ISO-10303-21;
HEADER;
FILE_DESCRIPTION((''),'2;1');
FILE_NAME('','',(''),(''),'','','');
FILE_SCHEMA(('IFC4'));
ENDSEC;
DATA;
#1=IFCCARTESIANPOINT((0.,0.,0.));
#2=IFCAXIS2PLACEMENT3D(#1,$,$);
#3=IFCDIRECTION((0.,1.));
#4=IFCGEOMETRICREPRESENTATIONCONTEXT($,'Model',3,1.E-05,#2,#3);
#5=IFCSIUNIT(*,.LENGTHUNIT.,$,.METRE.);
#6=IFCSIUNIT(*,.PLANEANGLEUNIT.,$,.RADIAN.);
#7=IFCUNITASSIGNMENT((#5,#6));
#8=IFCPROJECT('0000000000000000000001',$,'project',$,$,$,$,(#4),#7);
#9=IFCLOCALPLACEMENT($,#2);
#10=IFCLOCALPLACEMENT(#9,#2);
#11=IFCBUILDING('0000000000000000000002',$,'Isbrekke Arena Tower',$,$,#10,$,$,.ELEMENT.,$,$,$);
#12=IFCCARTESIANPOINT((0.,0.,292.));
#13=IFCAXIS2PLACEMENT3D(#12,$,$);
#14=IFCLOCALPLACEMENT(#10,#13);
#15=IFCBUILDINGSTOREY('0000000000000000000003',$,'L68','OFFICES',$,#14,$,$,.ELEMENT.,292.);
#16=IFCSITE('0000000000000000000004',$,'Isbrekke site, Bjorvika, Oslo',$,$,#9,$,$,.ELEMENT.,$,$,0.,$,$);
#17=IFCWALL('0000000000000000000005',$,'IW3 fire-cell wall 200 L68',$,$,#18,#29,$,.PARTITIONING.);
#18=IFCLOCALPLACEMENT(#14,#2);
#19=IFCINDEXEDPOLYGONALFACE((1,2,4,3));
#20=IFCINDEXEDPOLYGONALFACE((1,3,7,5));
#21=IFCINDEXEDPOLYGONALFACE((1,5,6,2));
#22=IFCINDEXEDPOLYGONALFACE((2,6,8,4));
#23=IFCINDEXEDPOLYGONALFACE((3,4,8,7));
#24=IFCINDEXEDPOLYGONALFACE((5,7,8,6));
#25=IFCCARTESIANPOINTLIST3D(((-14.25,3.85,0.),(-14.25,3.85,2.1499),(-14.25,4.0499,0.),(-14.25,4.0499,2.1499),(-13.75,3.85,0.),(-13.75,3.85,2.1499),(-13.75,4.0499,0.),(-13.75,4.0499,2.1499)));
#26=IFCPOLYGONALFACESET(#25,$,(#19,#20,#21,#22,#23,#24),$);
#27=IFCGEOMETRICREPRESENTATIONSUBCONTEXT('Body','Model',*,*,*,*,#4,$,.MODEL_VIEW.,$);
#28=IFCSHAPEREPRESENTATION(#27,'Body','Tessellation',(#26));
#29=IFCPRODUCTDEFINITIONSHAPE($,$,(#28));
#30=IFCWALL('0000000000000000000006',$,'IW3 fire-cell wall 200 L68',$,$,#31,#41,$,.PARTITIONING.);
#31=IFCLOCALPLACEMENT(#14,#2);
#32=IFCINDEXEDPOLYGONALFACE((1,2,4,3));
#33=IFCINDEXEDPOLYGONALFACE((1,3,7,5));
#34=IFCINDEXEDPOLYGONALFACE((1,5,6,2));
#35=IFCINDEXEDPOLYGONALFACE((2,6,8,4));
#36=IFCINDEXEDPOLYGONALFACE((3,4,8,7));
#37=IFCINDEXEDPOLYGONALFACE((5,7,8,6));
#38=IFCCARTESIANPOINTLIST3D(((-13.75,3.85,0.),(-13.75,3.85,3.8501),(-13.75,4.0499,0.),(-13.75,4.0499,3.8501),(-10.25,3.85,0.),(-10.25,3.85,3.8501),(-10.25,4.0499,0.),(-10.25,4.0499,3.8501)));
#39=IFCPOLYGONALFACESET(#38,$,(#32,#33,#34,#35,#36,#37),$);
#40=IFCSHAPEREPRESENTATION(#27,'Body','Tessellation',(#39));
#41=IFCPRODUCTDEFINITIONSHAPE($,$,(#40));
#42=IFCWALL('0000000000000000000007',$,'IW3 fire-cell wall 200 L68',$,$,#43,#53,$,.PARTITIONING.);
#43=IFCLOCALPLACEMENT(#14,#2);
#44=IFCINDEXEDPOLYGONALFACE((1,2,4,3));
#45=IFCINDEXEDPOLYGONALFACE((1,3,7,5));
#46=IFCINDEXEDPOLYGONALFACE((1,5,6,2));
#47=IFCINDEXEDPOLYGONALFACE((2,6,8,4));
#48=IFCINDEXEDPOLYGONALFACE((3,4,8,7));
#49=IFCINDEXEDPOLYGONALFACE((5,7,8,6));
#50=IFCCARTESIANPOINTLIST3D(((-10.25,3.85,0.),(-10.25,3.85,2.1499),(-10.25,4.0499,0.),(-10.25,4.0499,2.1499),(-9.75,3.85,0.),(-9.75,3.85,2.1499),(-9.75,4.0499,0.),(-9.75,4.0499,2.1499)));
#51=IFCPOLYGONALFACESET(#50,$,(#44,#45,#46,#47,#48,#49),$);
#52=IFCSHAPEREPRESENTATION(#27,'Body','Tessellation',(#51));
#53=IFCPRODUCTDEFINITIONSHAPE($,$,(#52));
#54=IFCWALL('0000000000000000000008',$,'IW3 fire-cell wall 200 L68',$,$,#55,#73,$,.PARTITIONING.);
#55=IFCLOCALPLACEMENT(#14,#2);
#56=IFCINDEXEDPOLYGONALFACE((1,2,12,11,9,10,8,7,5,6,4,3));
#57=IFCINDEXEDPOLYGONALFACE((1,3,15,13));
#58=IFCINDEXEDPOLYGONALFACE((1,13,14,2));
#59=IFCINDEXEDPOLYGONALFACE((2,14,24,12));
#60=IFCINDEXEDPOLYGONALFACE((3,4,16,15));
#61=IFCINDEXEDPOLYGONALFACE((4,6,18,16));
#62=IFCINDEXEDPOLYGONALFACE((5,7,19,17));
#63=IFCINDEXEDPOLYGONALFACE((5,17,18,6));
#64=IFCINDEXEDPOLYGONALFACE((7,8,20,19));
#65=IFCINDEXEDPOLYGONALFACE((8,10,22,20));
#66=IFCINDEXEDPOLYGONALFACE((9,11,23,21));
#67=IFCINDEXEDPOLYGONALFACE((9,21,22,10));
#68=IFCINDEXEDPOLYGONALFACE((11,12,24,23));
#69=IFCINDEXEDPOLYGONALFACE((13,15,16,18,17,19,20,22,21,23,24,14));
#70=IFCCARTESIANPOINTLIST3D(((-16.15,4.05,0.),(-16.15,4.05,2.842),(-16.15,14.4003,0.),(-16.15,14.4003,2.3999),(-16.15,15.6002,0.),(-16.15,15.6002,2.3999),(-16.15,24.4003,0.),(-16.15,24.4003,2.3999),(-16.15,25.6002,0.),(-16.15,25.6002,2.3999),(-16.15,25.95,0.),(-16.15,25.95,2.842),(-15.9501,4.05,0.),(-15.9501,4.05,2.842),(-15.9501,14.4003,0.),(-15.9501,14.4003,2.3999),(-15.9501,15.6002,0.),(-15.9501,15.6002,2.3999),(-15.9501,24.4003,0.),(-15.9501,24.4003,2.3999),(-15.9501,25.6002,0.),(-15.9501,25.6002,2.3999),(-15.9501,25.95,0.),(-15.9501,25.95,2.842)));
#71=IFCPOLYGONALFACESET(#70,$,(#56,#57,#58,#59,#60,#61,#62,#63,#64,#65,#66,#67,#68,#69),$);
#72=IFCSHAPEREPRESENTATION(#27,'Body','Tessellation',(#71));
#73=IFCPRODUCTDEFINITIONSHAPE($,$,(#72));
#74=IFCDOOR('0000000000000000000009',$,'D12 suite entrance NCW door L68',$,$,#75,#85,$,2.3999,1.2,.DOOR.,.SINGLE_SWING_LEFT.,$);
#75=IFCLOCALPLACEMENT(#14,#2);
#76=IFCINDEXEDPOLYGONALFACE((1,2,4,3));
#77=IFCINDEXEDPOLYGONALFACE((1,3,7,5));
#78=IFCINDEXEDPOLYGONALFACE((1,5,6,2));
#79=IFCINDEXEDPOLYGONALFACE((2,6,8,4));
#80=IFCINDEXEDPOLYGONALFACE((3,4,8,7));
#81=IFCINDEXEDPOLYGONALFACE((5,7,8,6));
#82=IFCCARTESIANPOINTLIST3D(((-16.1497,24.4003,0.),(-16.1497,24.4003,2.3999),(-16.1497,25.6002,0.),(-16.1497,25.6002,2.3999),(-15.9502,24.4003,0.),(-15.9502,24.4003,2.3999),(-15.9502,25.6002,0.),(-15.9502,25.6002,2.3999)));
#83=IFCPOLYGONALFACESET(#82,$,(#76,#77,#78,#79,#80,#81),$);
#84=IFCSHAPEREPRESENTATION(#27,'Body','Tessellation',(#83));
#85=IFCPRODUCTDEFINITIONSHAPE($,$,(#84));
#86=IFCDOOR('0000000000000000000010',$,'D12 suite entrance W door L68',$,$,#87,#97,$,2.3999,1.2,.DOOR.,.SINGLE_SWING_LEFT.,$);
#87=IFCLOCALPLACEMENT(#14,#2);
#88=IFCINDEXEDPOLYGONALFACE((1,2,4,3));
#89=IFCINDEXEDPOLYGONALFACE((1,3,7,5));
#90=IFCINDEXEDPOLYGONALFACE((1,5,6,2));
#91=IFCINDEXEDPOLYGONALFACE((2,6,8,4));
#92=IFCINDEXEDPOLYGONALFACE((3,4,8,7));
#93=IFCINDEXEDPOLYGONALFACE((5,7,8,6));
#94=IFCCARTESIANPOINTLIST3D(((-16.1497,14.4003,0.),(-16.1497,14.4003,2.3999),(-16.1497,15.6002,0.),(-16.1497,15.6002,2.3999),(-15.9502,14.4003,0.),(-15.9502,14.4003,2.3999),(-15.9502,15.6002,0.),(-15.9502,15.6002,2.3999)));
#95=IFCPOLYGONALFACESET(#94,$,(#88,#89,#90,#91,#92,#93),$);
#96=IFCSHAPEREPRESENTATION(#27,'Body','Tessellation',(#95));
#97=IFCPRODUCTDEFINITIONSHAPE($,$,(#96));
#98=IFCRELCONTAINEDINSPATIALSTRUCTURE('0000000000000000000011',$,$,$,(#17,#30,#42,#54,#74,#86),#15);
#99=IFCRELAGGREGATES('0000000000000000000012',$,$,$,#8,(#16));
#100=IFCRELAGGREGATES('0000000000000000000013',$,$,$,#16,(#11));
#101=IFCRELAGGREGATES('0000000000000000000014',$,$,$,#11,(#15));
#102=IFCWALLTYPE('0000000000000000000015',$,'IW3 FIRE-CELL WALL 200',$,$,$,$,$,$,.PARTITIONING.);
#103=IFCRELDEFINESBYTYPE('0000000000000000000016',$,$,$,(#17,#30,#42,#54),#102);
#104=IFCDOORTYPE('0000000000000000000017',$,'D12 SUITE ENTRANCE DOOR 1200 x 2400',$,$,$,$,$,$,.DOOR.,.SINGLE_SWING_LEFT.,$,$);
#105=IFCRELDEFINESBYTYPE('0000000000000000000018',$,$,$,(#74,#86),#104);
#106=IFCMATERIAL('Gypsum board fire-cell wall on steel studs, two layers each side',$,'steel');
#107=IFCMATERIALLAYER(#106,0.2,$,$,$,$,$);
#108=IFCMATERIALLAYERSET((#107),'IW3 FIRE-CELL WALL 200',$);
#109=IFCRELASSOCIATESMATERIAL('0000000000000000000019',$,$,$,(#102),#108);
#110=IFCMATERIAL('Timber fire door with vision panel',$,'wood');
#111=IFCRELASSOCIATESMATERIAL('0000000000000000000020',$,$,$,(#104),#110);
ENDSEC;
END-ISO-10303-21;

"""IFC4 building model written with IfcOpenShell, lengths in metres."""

from ifc_helpers import new_model, si_unit, direction, frame, frame_2d, origin, place, context, subcontext, project, spatial, rectangle, extrude, material, layer, layer_set, type_object, element, fill, save


model = new_model("IFC4")

# Units and contexts
model_context = context("Model", 3, precision=1e-05, world=origin(), true_north=direction((0.0, 1.0)))
body_context = subcontext(model_context, "Body", "Model", "MODEL_VIEW")
ifc_project = project(units=[si_unit("LENGTHUNIT", "METRE"), si_unit("PLANEANGLEUNIT", "RADIAN")], contexts=[model_context])

# Site, building, storey
site_placement = place(None, origin())
site = spatial("IfcSite", under=ifc_project, at=site_placement, Name="Isbrekke site, Bjorvika, Oslo", CompositionType="ELEMENT", RefElevation=0.0)
building_placement = place(site_placement, origin())
building = spatial("IfcBuilding", under=site, at=building_placement, Name="Isbrekke Arena Tower", CompositionType="ELEMENT")
storey_placement = place(building_placement, frame((0.0, 0.0, 292.0)))
storey = spatial("IfcBuildingStorey", under=building, at=storey_placement, Name="L68", Description="OFFICES", CompositionType="ELEMENT", Elevation=292.0)

# Walls
ifc_material_1 = material(Name="Gypsum board fire-cell wall on steel studs, two layers each side", Category="steel")
ifc_layer_1 = layer(ifc_material_1, 0.2)
ifc_layer_set_1 = layer_set([ifc_layer_1], Name="IW3 FIRE-CELL WALL 200")
wall_type_1 = type_object("IfcWallType", Name="IW3 FIRE-CELL WALL 200", PredefinedType="PARTITIONING", material=ifc_layer_set_1)
wall_1_placement = place(storey_placement, frame((-14.25, 3.95, 0.0), z_axis=(0.0, 0.0, 1.0), x_axis=(1.0, 0.0, 0.0)))
element("IfcWall", 1, at=wall_1_placement, inside=storey, type_object=wall_type_1, Name="IW3 fire-cell wall 200 L68", PredefinedType="PARTITIONING", context=body_context, shape_type="SweptSolid", body=[
    extrude(rectangle(XDim=0.5, YDim=0.2, at=frame_2d((0.25, 0.0))), origin(), (0.0, 0.0, 1.0), 2.1499),
])
wall_2_placement = place(storey_placement, frame((-13.75, 3.95, 0.0), z_axis=(0.0, 0.0, 1.0), x_axis=(1.0, 0.0, 0.0)))
element("IfcWall", 2, at=wall_2_placement, inside=storey, type_object=wall_type_1, Name="IW3 fire-cell wall 200 L68", PredefinedType="PARTITIONING", context=body_context, shape_type="SweptSolid", body=[
    extrude(rectangle(XDim=3.5, YDim=0.2, at=frame_2d((1.75, 0.0))), origin(), (0.0, 0.0, 1.0), 3.8501),
])
wall_3_placement = place(storey_placement, frame((-10.25, 3.95, 0.0), z_axis=(0.0, 0.0, 1.0), x_axis=(1.0, 0.0, 0.0)))
element("IfcWall", 3, at=wall_3_placement, inside=storey, type_object=wall_type_1, Name="IW3 fire-cell wall 200 L68", PredefinedType="PARTITIONING", context=body_context, shape_type="SweptSolid", body=[
    extrude(rectangle(XDim=0.5, YDim=0.2, at=frame_2d((0.25, 0.0))), origin(), (0.0, 0.0, 1.0), 2.1499),
])

# Wall, openings, doors
wall_4_placement = place(storey_placement, frame((-16.05, 4.05, 0.0), z_axis=(0.0, 0.0, 1.0), x_axis=(0.0, 1.0, 0.0)))
wall_4 = element("IfcWall", 4, at=wall_4_placement, inside=storey, type_object=wall_type_1, Name="IW3 fire-cell wall 200 L68", PredefinedType="PARTITIONING", context=body_context, shape_type="SweptSolid", body=[
    extrude(rectangle(XDim=21.8999, YDim=0.2, at=frame_2d((10.95, 0.0))), origin(), (0.0, 0.0, 1.0), 2.842),
])
opening_1_placement = place(wall_4_placement, frame((20.3501, 0.0, 0.0)))
opening_1 = element("IfcOpeningElement", 5, at=opening_1_placement, cuts=wall_4, PredefinedType="OPENING", context=body_context, shape_type="SweptSolid", body=[
    extrude(rectangle(XDim=1.2, YDim=2.3999, at=frame_2d((0.6001, 1.2))), frame((0.0, 0.1147, 0.0), z_axis=(0.0, -1.0, 0.0), x_axis=(1.0, 0.0, 0.0)), (0.0, 0.0, 1.0), 0.2297),
])
opening_2_placement = place(wall_4_placement, frame((10.3501, 0.0, 0.0)))
opening_2 = element("IfcOpeningElement", 6, at=opening_2_placement, cuts=wall_4, PredefinedType="OPENING", context=body_context, shape_type="SweptSolid", body=[
    extrude(rectangle(XDim=1.2, YDim=2.3999, at=frame_2d((0.6001, 1.2))), frame((0.0, 0.1147, 0.0), z_axis=(0.0, -1.0, 0.0), x_axis=(1.0, 0.0, 0.0)), (0.0, 0.0, 1.0), 0.2297),
])
ifc_material_2 = material(Name="Timber fire door with vision panel", Category="wood")
door_type_1 = type_object("IfcDoorType", Name="D12 SUITE ENTRANCE DOOR 1200 x 2400", OperationType="SINGLE_SWING_LEFT", PredefinedType="DOOR", material=ifc_material_2)
door_1_placement = place(opening_1_placement, origin())
door_1 = element("IfcDoor", 7, at=door_1_placement, inside=storey, type_object=door_type_1, Name="D12 suite entrance NCW door L68", OperationType="SINGLE_SWING_LEFT", OverallHeight=2.3999, OverallWidth=1.2, PredefinedType="DOOR", context=body_context, shape_type="SweptSolid", body=[
    extrude(rectangle(XDim=1.2, YDim=2.3999, at=frame_2d((0.6001, 1.2))), frame((0.0, 0.0996, 0.0), z_axis=(0.0, -1.0, 0.0), x_axis=(1.0, 0.0, 0.0)), (0.0, 0.0, 1.0), 0.1995),
])
fill(opening_1, door_1)
door_2_placement = place(opening_2_placement, origin())
door_2 = element("IfcDoor", 8, at=door_2_placement, inside=storey, type_object=door_type_1, Name="D12 suite entrance W door L68", OperationType="SINGLE_SWING_LEFT", OverallHeight=2.3999, OverallWidth=1.2, PredefinedType="DOOR", context=body_context, shape_type="SweptSolid", body=[
    extrude(rectangle(XDim=1.2, YDim=2.3999, at=frame_2d((0.6001, 1.2))), frame((0.0, 0.0996, 0.0), z_axis=(0.0, -1.0, 0.0), x_axis=(1.0, 0.0, 0.0)), (0.0, 0.0, 1.0), 0.1995),
])
fill(opening_2, door_2)

save(model, "model.ifc")
